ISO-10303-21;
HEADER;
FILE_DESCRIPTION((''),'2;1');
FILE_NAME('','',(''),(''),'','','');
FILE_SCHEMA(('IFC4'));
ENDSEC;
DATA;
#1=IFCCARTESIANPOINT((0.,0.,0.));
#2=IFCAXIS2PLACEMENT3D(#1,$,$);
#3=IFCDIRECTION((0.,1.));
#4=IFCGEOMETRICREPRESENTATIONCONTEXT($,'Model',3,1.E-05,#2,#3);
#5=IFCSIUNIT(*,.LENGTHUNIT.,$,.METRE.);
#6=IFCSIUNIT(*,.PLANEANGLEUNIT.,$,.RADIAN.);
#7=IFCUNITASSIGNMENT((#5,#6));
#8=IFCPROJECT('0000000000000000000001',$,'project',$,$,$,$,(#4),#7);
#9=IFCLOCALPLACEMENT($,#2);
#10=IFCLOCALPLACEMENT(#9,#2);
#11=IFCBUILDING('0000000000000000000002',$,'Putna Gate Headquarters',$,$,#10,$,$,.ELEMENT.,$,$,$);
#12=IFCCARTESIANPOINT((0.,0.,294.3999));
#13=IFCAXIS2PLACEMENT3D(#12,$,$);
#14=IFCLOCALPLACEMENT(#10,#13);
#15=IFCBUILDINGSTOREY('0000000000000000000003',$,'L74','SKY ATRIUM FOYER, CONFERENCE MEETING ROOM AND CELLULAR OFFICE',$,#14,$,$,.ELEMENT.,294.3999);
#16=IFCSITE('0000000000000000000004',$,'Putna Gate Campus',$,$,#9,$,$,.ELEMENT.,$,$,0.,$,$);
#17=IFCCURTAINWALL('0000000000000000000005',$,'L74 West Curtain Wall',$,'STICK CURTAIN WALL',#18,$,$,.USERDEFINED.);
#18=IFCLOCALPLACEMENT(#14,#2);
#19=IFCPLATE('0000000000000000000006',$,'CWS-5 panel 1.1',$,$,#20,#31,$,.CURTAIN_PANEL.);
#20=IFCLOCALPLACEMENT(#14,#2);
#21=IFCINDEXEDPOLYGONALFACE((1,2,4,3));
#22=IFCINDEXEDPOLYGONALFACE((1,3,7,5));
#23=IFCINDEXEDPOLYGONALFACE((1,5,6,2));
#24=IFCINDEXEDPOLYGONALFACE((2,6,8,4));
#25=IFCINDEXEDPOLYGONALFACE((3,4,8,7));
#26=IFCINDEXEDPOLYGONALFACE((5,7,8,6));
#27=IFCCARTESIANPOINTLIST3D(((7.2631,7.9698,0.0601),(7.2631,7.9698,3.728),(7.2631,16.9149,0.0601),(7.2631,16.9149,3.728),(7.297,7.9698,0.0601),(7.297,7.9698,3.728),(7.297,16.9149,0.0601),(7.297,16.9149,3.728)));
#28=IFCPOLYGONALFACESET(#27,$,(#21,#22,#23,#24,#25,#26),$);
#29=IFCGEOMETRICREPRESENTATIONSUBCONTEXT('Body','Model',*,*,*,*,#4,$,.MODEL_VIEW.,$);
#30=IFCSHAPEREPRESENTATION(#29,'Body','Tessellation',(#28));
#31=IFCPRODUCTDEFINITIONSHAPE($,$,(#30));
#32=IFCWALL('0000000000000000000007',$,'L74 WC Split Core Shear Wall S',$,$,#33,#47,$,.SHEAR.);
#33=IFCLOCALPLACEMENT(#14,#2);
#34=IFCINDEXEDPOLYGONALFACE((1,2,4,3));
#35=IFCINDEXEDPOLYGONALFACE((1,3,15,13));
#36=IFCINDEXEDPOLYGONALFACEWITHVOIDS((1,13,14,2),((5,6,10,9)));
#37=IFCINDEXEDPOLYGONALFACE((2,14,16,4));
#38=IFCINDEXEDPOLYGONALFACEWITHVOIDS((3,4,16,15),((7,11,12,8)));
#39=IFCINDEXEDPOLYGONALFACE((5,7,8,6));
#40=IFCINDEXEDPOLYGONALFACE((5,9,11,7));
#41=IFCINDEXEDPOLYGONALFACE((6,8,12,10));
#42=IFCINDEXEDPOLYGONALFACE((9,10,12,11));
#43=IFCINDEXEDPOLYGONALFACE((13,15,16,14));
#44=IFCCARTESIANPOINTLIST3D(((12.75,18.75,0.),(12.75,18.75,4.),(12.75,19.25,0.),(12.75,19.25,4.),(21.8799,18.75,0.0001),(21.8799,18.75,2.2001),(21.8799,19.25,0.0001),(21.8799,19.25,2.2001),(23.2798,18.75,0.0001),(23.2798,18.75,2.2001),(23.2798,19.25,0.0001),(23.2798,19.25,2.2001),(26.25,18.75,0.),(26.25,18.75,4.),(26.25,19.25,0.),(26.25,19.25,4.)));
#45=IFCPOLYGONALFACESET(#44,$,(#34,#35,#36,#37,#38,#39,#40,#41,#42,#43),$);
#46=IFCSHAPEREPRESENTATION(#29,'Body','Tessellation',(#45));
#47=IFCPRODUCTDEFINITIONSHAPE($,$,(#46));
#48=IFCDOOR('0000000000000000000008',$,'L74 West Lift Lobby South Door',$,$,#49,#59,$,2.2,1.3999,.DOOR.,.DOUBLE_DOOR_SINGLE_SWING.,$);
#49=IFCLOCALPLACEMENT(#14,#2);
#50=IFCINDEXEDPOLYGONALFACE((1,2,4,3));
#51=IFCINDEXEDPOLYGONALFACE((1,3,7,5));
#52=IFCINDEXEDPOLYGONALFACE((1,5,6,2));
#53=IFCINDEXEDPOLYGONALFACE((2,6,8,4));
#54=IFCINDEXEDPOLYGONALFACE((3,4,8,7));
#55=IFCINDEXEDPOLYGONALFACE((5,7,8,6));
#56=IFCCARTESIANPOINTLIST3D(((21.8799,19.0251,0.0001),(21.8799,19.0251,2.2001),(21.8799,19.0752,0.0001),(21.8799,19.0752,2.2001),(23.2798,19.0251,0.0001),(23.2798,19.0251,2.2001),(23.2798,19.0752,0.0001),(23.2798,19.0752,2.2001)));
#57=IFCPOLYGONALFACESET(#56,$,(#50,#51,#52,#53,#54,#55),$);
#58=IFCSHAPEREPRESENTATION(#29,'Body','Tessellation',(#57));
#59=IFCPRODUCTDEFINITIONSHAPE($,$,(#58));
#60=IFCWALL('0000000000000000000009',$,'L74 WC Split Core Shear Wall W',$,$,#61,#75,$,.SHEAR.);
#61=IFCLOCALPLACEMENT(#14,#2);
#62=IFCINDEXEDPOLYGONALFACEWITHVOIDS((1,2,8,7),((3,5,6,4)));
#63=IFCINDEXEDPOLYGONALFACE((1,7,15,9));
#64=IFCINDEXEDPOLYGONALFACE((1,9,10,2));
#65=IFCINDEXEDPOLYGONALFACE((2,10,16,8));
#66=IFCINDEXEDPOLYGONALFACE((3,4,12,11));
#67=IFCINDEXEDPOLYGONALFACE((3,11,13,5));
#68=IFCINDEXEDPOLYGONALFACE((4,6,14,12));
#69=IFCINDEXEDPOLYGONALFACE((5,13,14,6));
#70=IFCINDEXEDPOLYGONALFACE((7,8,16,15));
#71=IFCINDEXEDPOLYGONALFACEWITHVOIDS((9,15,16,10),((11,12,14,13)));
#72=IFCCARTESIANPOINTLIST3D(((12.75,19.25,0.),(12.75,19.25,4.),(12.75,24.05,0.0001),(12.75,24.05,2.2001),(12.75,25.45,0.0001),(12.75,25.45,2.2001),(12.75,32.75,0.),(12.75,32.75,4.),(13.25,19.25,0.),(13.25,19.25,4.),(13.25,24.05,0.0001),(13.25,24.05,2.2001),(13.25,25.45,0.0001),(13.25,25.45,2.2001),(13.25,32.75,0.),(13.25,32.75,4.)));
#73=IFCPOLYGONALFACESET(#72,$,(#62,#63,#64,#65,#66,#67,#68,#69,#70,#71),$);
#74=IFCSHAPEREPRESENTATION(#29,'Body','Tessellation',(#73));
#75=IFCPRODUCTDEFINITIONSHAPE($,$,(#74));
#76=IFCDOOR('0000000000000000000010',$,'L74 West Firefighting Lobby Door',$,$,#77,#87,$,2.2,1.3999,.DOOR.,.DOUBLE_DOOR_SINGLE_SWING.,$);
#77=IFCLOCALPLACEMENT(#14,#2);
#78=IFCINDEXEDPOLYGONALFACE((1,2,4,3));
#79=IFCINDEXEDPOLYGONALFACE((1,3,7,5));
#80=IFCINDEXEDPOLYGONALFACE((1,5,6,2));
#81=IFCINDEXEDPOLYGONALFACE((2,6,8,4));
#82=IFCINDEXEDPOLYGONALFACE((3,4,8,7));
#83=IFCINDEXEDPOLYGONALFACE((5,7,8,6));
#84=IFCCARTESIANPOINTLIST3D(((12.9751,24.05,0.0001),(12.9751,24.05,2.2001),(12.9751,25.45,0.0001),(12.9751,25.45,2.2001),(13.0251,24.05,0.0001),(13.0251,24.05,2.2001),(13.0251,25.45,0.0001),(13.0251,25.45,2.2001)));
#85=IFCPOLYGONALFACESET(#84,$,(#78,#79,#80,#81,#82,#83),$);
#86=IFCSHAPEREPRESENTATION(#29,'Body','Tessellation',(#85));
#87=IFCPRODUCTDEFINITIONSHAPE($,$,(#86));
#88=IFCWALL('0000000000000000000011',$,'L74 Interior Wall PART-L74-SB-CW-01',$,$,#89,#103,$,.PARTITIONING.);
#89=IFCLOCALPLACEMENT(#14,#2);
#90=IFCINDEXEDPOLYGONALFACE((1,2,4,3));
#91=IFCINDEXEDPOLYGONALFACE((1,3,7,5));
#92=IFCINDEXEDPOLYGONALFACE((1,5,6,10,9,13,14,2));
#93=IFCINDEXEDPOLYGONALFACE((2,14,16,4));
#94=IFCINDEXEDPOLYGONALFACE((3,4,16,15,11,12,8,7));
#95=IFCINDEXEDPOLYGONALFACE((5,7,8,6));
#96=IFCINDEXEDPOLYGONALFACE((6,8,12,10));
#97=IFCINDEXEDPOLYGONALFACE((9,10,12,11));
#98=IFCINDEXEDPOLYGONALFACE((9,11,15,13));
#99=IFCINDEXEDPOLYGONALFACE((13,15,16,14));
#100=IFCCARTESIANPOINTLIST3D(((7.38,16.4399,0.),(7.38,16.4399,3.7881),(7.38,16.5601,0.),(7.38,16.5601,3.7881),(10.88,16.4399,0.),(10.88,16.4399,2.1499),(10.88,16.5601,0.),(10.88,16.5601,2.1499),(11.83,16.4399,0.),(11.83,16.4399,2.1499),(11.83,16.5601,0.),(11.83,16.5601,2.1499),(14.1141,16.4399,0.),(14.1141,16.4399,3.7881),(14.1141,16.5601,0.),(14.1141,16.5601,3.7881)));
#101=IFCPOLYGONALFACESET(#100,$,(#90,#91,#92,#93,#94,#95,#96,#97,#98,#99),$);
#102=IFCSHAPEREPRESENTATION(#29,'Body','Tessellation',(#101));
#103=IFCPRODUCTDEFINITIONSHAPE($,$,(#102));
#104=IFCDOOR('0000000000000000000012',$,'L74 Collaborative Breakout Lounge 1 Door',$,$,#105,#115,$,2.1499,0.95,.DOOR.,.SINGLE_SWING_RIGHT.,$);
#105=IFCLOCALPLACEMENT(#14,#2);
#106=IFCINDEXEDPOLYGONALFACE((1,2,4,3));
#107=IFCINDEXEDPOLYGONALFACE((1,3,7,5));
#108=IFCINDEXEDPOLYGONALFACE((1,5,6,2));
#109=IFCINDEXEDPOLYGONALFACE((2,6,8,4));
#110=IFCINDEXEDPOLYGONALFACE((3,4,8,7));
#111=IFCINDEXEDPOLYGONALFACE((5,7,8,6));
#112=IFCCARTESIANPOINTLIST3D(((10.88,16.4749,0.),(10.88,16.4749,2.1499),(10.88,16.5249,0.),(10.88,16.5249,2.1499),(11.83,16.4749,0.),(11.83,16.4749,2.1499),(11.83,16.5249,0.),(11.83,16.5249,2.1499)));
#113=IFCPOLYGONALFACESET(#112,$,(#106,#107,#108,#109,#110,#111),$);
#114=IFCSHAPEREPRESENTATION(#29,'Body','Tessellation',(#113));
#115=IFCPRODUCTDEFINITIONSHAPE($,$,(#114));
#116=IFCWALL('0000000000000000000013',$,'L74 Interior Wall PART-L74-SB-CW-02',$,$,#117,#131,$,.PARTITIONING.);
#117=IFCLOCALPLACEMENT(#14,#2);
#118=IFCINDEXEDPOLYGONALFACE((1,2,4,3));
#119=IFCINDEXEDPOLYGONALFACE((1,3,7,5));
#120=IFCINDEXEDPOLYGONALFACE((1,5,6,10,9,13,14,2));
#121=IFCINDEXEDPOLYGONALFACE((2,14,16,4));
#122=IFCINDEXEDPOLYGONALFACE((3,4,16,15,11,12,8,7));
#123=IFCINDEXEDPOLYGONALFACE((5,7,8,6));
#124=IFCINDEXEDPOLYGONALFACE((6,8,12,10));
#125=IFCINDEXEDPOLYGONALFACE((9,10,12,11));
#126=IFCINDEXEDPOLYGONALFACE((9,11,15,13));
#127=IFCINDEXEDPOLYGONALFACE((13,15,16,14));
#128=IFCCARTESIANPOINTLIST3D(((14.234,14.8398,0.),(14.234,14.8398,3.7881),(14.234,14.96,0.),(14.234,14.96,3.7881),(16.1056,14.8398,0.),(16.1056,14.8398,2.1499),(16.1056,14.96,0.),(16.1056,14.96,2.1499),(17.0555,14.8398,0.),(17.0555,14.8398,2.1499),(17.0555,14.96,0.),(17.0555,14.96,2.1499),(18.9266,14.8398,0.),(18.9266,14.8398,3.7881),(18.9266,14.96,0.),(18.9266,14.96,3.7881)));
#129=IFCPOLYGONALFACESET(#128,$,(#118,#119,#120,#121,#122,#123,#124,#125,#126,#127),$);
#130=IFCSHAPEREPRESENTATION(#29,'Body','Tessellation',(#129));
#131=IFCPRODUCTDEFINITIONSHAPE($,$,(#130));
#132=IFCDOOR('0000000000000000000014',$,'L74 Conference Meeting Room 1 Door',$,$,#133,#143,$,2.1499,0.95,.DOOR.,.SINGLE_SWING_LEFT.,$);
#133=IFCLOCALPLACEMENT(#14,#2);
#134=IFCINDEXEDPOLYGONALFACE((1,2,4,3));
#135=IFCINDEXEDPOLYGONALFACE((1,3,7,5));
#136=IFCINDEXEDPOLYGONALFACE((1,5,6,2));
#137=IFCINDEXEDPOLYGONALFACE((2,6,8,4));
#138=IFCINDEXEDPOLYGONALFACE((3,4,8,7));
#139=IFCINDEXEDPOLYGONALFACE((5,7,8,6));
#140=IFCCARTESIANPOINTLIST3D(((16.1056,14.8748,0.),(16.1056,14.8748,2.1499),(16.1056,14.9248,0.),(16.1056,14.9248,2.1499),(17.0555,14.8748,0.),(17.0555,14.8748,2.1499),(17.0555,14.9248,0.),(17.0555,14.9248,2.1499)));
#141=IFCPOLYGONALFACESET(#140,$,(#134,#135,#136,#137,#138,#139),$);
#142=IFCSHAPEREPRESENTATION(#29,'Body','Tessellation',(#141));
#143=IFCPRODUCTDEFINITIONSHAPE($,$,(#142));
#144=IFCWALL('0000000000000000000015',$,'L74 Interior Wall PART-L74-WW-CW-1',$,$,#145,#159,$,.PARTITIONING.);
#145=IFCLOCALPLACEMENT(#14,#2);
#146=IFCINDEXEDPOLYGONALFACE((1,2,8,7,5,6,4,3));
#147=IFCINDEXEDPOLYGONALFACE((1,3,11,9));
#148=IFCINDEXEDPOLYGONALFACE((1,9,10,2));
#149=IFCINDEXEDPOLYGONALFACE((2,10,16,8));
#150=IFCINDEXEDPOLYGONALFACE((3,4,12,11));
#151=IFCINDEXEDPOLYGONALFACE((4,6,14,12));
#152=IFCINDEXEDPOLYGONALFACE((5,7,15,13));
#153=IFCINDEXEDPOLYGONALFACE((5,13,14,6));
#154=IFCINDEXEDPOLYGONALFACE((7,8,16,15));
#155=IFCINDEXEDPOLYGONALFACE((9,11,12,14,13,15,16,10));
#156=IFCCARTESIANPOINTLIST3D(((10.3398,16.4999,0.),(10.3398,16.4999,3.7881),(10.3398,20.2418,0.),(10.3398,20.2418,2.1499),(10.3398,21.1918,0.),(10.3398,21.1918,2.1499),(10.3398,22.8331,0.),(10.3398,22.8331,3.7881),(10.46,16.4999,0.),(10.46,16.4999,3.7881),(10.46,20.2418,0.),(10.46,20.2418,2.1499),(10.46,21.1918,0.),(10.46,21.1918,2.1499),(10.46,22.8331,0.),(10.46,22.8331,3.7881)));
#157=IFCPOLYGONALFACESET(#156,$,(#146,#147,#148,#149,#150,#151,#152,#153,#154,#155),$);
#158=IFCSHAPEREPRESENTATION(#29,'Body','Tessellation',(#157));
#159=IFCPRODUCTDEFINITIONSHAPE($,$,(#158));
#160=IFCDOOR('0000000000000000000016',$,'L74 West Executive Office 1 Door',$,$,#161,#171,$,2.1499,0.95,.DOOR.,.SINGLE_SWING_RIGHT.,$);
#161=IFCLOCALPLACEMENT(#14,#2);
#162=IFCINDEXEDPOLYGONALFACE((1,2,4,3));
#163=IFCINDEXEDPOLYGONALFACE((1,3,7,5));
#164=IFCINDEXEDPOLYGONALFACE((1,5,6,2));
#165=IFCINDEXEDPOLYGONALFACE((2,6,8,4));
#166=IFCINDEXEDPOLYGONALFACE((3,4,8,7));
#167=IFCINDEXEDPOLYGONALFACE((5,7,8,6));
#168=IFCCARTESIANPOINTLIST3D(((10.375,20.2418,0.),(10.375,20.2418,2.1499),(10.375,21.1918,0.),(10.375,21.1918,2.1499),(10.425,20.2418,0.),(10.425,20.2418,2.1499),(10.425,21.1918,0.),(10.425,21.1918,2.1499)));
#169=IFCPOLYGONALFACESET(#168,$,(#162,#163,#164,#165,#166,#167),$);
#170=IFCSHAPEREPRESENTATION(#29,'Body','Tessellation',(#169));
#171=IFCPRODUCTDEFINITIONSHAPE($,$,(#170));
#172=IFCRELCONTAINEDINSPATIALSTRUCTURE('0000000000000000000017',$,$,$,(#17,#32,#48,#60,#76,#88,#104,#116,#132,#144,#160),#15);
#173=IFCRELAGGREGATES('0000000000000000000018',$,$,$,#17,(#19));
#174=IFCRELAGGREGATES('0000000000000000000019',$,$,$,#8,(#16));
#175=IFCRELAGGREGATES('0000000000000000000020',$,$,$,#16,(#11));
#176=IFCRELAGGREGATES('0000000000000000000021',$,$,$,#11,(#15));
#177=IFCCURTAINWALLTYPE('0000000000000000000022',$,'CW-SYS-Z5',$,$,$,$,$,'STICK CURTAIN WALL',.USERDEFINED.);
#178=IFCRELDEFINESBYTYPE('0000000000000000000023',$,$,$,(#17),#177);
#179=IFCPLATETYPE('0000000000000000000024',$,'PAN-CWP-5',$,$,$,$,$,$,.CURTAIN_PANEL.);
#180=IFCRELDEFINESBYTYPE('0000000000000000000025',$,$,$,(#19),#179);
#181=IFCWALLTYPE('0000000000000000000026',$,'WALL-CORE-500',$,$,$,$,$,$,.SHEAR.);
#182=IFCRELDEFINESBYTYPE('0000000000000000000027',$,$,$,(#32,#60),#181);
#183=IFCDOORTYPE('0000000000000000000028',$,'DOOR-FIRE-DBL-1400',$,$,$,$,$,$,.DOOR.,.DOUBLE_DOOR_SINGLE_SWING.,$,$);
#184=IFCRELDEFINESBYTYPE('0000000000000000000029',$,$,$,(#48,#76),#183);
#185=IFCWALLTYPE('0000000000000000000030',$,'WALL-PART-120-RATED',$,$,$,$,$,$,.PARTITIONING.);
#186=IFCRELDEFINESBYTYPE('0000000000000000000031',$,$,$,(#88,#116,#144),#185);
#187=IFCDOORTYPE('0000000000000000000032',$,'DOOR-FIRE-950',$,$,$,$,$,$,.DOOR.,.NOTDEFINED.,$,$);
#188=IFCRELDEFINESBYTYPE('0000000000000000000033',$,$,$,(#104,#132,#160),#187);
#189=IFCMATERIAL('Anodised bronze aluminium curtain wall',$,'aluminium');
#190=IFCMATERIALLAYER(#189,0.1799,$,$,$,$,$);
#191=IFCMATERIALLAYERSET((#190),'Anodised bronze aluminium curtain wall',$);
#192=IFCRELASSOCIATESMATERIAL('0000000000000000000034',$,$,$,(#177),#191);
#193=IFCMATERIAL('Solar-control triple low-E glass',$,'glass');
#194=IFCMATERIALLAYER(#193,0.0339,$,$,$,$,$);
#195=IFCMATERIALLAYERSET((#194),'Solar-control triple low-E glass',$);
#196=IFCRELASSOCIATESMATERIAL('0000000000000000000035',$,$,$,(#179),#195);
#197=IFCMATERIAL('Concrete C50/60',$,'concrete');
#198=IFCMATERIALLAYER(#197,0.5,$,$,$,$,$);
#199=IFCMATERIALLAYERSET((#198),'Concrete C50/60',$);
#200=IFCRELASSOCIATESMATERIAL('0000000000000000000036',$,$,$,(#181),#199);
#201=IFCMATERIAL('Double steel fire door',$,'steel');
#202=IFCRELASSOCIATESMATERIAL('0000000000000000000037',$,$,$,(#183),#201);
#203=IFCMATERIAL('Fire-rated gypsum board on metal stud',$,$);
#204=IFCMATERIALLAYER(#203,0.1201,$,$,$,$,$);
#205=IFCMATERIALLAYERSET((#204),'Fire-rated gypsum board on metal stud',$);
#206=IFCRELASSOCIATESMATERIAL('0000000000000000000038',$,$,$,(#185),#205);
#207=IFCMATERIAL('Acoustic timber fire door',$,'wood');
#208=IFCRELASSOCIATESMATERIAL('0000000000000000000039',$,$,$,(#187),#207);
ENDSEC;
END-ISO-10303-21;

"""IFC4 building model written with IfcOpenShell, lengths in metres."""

from ifc_helpers import new_model, si_unit, direction, frame, frame_2d, origin, origin_2d, place, context, subcontext, project, spatial, rectangle, extrude, material, layer, layer_set, type_object, element, fill, aggregate, save


model = new_model("IFC4")

# Units and contexts
model_context = context("Model", 3, precision=1e-05, world=origin(), true_north=direction((0.0, 1.0)))
body_context = subcontext(model_context, "Body", "Model", "MODEL_VIEW")
ifc_project = project(units=[si_unit("LENGTHUNIT", "METRE"), si_unit("PLANEANGLEUNIT", "RADIAN")], contexts=[model_context])

# Site, building, storey
site_placement = place(None, origin())
site = spatial("IfcSite", under=ifc_project, at=site_placement, Name="Putna Gate Campus", CompositionType="ELEMENT", RefElevation=0.0)
building_placement = place(site_placement, origin())
building = spatial("IfcBuilding", under=site, at=building_placement, Name="Putna Gate Headquarters", CompositionType="ELEMENT")
storey_placement = place(building_placement, frame((0.0, 0.0, 294.3999)))
storey = spatial("IfcBuildingStorey", under=building, at=storey_placement, Name="L74", Description="SKY ATRIUM FOYER, CONFERENCE MEETING ROOM AND CELLULAR OFFICE", CompositionType="ELEMENT", Elevation=294.3999)

# Curtain wall, plate
ifc_material_1 = material(Name="Anodised bronze aluminium curtain wall", Category="aluminium")
ifc_layer_1 = layer(ifc_material_1, 0.1799)
ifc_layer_set_1 = layer_set([ifc_layer_1], Name="Anodised bronze aluminium curtain wall")
curtain_wall_type = type_object("IfcCurtainWallType", Name="CW-SYS-Z5", ElementType="STICK CURTAIN WALL", PredefinedType="USERDEFINED", material=ifc_layer_set_1)
curtain_wall_placement = place(storey_placement, origin())
curtain_wall = element("IfcCurtainWall", 1, at=curtain_wall_placement, inside=storey, type_object=curtain_wall_type, Name="L74 West Curtain Wall", ObjectType="STICK CURTAIN WALL", PredefinedType="USERDEFINED")
ifc_material_2 = material(Name="Solar-control triple low-E glass", Category="glass")
ifc_layer_2 = layer(ifc_material_2, 0.0339)
ifc_layer_set_2 = layer_set([ifc_layer_2], Name="Solar-control triple low-E glass")
plate_type = type_object("IfcPlateType", Name="PAN-CWP-5", PredefinedType="CURTAIN_PANEL", material=ifc_layer_set_2)
plate_placement = place(storey_placement, frame((7.28, 12.4424, 0.0601), z_axis=(0.0, 0.0, 1.0), x_axis=(0.0, 1.0, 0.0)))
plate = element("IfcPlate", 2, at=plate_placement, type_object=plate_type, Name="CWS-5 panel 1.1", PredefinedType="CURTAIN_PANEL", context=body_context, shape_type="SweptSolid", body=[
    extrude(rectangle(XDim=8.9451, YDim=0.0339, at=origin_2d()), origin(), (0.0, 0.0, 1.0), 3.668),
])
aggregate(curtain_wall, [plate])

# Walls, openings, doors
ifc_material_3 = material(Name="Concrete C50/60", Category="concrete")
ifc_layer_3 = layer(ifc_material_3, 0.5)
ifc_layer_set_3 = layer_set([ifc_layer_3], Name="Concrete C50/60")
wall_type_1 = type_object("IfcWallType", Name="WALL-CORE-500", PredefinedType="SHEAR", material=ifc_layer_set_3)
wall_1_placement = place(storey_placement, frame((12.75, 19.0, 0.0), z_axis=(0.0, 0.0, 1.0), x_axis=(1.0, 0.0, 0.0)))
wall_1 = element("IfcWall", 3, at=wall_1_placement, inside=storey, type_object=wall_type_1, Name="L74 WC Split Core Shear Wall S", PredefinedType="SHEAR", context=body_context, shape_type="SweptSolid", body=[
    extrude(rectangle(XDim=13.5, YDim=0.5, at=frame_2d((6.75, 0.0))), origin(), (0.0, 0.0, 1.0), 4.0),
])
opening_1_placement = place(wall_1_placement, frame((9.1299, 0.0, 0.0)))
opening_1 = element("IfcOpeningElement", 4, at=opening_1_placement, cuts=wall_1, PredefinedType="OPENING", context=body_context, shape_type="SweptSolid", body=[
    extrude(rectangle(XDim=1.3999, YDim=2.2, at=frame_2d((0.7, 1.1001))), frame((0.0, 0.26, 0.0), z_axis=(0.0, -1.0, 0.0), x_axis=(1.0, 0.0, 0.0)), (0.0, 0.0, 1.0), 0.52),
])
ifc_material_4 = material(Name="Double steel fire door", Category="steel")
door_type_1 = type_object("IfcDoorType", Name="DOOR-FIRE-DBL-1400", OperationType="DOUBLE_DOOR_SINGLE_SWING", PredefinedType="DOOR", material=ifc_material_4)
door_1_placement = place(opening_1_placement, origin())
door_1 = element("IfcDoor", 5, at=door_1_placement, inside=storey, type_object=door_type_1, Name="L74 West Lift Lobby South Door", OperationType="DOUBLE_DOOR_SINGLE_SWING", OverallHeight=2.2, OverallWidth=1.3999, PredefinedType="DOOR", context=body_context, shape_type="SweptSolid", body=[
    extrude(rectangle(XDim=1.3999, YDim=2.2, at=frame_2d((0.7, 1.1001))), frame((0.0, 0.0752, 0.0), z_axis=(0.0, -1.0, 0.0), x_axis=(1.0, 0.0, 0.0)), (0.0, 0.0, 1.0), 0.05),
])
fill(opening_1, door_1)
wall_2_placement = place(storey_placement, frame((13.0, 19.25, 0.0), z_axis=(0.0, 0.0, 1.0), x_axis=(0.0, 1.0, 0.0)))
wall_2 = element("IfcWall", 6, at=wall_2_placement, inside=storey, type_object=wall_type_1, Name="L74 WC Split Core Shear Wall W", PredefinedType="SHEAR", context=body_context, shape_type="SweptSolid", body=[
    extrude(rectangle(XDim=13.5, YDim=0.5, at=frame_2d((6.75, 0.0))), origin(), (0.0, 0.0, 1.0), 4.0),
])
opening_2_placement = place(wall_2_placement, frame((4.8, 0.0, 0.0)))
opening_2 = element("IfcOpeningElement", 7, at=opening_2_placement, cuts=wall_2, PredefinedType="OPENING", context=body_context, shape_type="SweptSolid", body=[
    extrude(rectangle(XDim=1.3999, YDim=2.2, at=frame_2d((0.7, 1.1001))), frame((0.0, 0.26, 0.0), z_axis=(0.0, -1.0, 0.0), x_axis=(1.0, 0.0, 0.0)), (0.0, 0.0, 1.0), 0.52),
])
door_2_placement = place(opening_2_placement, origin())
door_2 = element("IfcDoor", 8, at=door_2_placement, inside=storey, type_object=door_type_1, Name="L74 West Firefighting Lobby Door", OperationType="DOUBLE_DOOR_SINGLE_SWING", OverallHeight=2.2, OverallWidth=1.3999, PredefinedType="DOOR", context=body_context, shape_type="SweptSolid", body=[
    extrude(rectangle(XDim=1.3999, YDim=2.2, at=frame_2d((0.7, 1.1001))), frame((0.0, 0.0249, 0.0), z_axis=(0.0, -1.0, 0.0), x_axis=(1.0, 0.0, 0.0)), (0.0, 0.0, 1.0), 0.05),
])
fill(opening_2, door_2)
ifc_material_5 = material(Name="Fire-rated gypsum board on metal stud")
ifc_layer_4 = layer(ifc_material_5, 0.1201)
ifc_layer_set_4 = layer_set([ifc_layer_4], Name="Fire-rated gypsum board on metal stud")
wall_type_2 = type_object("IfcWallType", Name="WALL-PART-120-RATED", PredefinedType="PARTITIONING", material=ifc_layer_set_4)
wall_3_placement = place(storey_placement, frame((7.3799, 16.5, 0.0), z_axis=(0.0, 0.0, 1.0), x_axis=(1.0, 0.0, 0.0)))
wall_3 = element("IfcWall", 9, at=wall_3_placement, inside=storey, type_object=wall_type_2, Name="L74 Interior Wall PART-L74-SB-CW-01", PredefinedType="PARTITIONING", context=body_context, shape_type="SweptSolid", body=[
    extrude(rectangle(XDim=6.7341, YDim=0.1201, at=frame_2d((3.3672, 0.0))), origin(), (0.0, 0.0, 1.0), 3.7881),
])
opening_3_placement = place(wall_3_placement, frame((3.5, 0.0, 0.0)))
opening_3 = element("IfcOpeningElement", 10, at=opening_3_placement, cuts=wall_3, PredefinedType="OPENING", context=body_context, shape_type="SweptSolid", body=[
    extrude(rectangle(XDim=0.95, YDim=2.1499, at=frame_2d((0.4751, 1.075))), frame((0.0, 0.0701, 0.0), z_axis=(0.0, -1.0, 0.0), x_axis=(1.0, 0.0, 0.0)), (0.0, 0.0, 1.0), 0.1401),
])
ifc_material_6 = material(Name="Acoustic timber fire door", Category="wood")
door_type_2 = type_object("IfcDoorType", Name="DOOR-FIRE-950", OperationType="NOTDEFINED", PredefinedType="DOOR", material=ifc_material_6)
door_3_placement = place(opening_3_placement, origin())
door_3 = element("IfcDoor", 11, at=door_3_placement, inside=storey, type_object=door_type_2, Name="L74 Collaborative Breakout Lounge 1 Door", OperationType="SINGLE_SWING_RIGHT", OverallHeight=2.1499, OverallWidth=0.95, PredefinedType="DOOR", context=body_context, shape_type="SweptSolid", body=[
    extrude(rectangle(XDim=0.95, YDim=2.1499, at=frame_2d((0.4751, 1.075))), frame((0.0, 0.0249, 0.0), z_axis=(0.0, -1.0, 0.0), x_axis=(1.0, 0.0, 0.0)), (0.0, 0.0, 1.0), 0.05),
])
fill(opening_3, door_3)
wall_4_placement = place(storey_placement, frame((14.2341, 14.8999, 0.0), z_axis=(0.0, 0.0, 1.0), x_axis=(1.0, 0.0, 0.0)))
wall_4 = element("IfcWall", 12, at=wall_4_placement, inside=storey, type_object=wall_type_2, Name="L74 Interior Wall PART-L74-SB-CW-02", PredefinedType="PARTITIONING", context=body_context, shape_type="SweptSolid", body=[
    extrude(rectangle(XDim=4.6926, YDim=0.1201, at=frame_2d((2.3462, 0.0))), origin(), (0.0, 0.0, 1.0), 3.7881),
])
opening_4_placement = place(wall_4_placement, frame((1.8713, 0.0, 0.0)))
opening_4 = element("IfcOpeningElement", 13, at=opening_4_placement, cuts=wall_4, PredefinedType="OPENING", context=body_context, shape_type="SweptSolid", body=[
    extrude(rectangle(XDim=0.95, YDim=2.1499, at=frame_2d((0.4751, 1.075))), frame((0.0, 0.0701, 0.0), z_axis=(0.0, -1.0, 0.0), x_axis=(1.0, 0.0, 0.0)), (0.0, 0.0, 1.0), 0.1401),
])
door_4_placement = place(opening_4_placement, origin())
door_4 = element("IfcDoor", 14, at=door_4_placement, inside=storey, type_object=door_type_2, Name="L74 Conference Meeting Room 1 Door", OperationType="SINGLE_SWING_LEFT", OverallHeight=2.1499, OverallWidth=0.95, PredefinedType="DOOR", context=body_context, shape_type="SweptSolid", body=[
    extrude(rectangle(XDim=0.95, YDim=2.1499, at=frame_2d((0.4751, 1.075))), frame((0.0, 0.0249, 0.0), z_axis=(0.0, -1.0, 0.0), x_axis=(1.0, 0.0, 0.0)), (0.0, 0.0, 1.0), 0.05),
])
fill(opening_4, door_4)
wall_5_placement = place(storey_placement, frame((10.3999, 16.5, 0.0), z_axis=(0.0, 0.0, 1.0), x_axis=(0.0, 1.0, 0.0)))
wall_5 = element("IfcWall", 15, at=wall_5_placement, inside=storey, type_object=wall_type_2, Name="L74 Interior Wall PART-L74-WW-CW-1", PredefinedType="PARTITIONING", context=body_context, shape_type="SweptSolid", body=[
    extrude(rectangle(XDim=6.3333, YDim=0.1201, at=frame_2d((3.1665, 0.0))), origin(), (0.0, 0.0, 1.0), 3.7881),
])
opening_5_placement = place(wall_5_placement, frame((3.7417, 0.0, 0.0)))
opening_5 = element("IfcOpeningElement", 16, at=opening_5_placement, cuts=wall_5, PredefinedType="OPENING", context=body_context, shape_type="SweptSolid", body=[
    extrude(rectangle(XDim=0.95, YDim=2.1499, at=frame_2d((0.4751, 1.075))), frame((0.0, 0.0701, 0.0), z_axis=(0.0, -1.0, 0.0), x_axis=(1.0, 0.0, 0.0)), (0.0, 0.0, 1.0), 0.1401),
])
door_5_placement = place(opening_5_placement, origin())
door_5 = element("IfcDoor", 17, at=door_5_placement, inside=storey, type_object=door_type_2, Name="L74 West Executive Office 1 Door", OperationType="SINGLE_SWING_RIGHT", OverallHeight=2.1499, OverallWidth=0.95, PredefinedType="DOOR", context=body_context, shape_type="SweptSolid", body=[
    extrude(rectangle(XDim=0.95, YDim=2.1499, at=frame_2d((0.4751, 1.075))), frame((0.0, 0.0249, 0.0), z_axis=(0.0, -1.0, 0.0), x_axis=(1.0, 0.0, 0.0)), (0.0, 0.0, 1.0), 0.05),
])
fill(opening_5, door_5)

save(model, "model.ifc")
